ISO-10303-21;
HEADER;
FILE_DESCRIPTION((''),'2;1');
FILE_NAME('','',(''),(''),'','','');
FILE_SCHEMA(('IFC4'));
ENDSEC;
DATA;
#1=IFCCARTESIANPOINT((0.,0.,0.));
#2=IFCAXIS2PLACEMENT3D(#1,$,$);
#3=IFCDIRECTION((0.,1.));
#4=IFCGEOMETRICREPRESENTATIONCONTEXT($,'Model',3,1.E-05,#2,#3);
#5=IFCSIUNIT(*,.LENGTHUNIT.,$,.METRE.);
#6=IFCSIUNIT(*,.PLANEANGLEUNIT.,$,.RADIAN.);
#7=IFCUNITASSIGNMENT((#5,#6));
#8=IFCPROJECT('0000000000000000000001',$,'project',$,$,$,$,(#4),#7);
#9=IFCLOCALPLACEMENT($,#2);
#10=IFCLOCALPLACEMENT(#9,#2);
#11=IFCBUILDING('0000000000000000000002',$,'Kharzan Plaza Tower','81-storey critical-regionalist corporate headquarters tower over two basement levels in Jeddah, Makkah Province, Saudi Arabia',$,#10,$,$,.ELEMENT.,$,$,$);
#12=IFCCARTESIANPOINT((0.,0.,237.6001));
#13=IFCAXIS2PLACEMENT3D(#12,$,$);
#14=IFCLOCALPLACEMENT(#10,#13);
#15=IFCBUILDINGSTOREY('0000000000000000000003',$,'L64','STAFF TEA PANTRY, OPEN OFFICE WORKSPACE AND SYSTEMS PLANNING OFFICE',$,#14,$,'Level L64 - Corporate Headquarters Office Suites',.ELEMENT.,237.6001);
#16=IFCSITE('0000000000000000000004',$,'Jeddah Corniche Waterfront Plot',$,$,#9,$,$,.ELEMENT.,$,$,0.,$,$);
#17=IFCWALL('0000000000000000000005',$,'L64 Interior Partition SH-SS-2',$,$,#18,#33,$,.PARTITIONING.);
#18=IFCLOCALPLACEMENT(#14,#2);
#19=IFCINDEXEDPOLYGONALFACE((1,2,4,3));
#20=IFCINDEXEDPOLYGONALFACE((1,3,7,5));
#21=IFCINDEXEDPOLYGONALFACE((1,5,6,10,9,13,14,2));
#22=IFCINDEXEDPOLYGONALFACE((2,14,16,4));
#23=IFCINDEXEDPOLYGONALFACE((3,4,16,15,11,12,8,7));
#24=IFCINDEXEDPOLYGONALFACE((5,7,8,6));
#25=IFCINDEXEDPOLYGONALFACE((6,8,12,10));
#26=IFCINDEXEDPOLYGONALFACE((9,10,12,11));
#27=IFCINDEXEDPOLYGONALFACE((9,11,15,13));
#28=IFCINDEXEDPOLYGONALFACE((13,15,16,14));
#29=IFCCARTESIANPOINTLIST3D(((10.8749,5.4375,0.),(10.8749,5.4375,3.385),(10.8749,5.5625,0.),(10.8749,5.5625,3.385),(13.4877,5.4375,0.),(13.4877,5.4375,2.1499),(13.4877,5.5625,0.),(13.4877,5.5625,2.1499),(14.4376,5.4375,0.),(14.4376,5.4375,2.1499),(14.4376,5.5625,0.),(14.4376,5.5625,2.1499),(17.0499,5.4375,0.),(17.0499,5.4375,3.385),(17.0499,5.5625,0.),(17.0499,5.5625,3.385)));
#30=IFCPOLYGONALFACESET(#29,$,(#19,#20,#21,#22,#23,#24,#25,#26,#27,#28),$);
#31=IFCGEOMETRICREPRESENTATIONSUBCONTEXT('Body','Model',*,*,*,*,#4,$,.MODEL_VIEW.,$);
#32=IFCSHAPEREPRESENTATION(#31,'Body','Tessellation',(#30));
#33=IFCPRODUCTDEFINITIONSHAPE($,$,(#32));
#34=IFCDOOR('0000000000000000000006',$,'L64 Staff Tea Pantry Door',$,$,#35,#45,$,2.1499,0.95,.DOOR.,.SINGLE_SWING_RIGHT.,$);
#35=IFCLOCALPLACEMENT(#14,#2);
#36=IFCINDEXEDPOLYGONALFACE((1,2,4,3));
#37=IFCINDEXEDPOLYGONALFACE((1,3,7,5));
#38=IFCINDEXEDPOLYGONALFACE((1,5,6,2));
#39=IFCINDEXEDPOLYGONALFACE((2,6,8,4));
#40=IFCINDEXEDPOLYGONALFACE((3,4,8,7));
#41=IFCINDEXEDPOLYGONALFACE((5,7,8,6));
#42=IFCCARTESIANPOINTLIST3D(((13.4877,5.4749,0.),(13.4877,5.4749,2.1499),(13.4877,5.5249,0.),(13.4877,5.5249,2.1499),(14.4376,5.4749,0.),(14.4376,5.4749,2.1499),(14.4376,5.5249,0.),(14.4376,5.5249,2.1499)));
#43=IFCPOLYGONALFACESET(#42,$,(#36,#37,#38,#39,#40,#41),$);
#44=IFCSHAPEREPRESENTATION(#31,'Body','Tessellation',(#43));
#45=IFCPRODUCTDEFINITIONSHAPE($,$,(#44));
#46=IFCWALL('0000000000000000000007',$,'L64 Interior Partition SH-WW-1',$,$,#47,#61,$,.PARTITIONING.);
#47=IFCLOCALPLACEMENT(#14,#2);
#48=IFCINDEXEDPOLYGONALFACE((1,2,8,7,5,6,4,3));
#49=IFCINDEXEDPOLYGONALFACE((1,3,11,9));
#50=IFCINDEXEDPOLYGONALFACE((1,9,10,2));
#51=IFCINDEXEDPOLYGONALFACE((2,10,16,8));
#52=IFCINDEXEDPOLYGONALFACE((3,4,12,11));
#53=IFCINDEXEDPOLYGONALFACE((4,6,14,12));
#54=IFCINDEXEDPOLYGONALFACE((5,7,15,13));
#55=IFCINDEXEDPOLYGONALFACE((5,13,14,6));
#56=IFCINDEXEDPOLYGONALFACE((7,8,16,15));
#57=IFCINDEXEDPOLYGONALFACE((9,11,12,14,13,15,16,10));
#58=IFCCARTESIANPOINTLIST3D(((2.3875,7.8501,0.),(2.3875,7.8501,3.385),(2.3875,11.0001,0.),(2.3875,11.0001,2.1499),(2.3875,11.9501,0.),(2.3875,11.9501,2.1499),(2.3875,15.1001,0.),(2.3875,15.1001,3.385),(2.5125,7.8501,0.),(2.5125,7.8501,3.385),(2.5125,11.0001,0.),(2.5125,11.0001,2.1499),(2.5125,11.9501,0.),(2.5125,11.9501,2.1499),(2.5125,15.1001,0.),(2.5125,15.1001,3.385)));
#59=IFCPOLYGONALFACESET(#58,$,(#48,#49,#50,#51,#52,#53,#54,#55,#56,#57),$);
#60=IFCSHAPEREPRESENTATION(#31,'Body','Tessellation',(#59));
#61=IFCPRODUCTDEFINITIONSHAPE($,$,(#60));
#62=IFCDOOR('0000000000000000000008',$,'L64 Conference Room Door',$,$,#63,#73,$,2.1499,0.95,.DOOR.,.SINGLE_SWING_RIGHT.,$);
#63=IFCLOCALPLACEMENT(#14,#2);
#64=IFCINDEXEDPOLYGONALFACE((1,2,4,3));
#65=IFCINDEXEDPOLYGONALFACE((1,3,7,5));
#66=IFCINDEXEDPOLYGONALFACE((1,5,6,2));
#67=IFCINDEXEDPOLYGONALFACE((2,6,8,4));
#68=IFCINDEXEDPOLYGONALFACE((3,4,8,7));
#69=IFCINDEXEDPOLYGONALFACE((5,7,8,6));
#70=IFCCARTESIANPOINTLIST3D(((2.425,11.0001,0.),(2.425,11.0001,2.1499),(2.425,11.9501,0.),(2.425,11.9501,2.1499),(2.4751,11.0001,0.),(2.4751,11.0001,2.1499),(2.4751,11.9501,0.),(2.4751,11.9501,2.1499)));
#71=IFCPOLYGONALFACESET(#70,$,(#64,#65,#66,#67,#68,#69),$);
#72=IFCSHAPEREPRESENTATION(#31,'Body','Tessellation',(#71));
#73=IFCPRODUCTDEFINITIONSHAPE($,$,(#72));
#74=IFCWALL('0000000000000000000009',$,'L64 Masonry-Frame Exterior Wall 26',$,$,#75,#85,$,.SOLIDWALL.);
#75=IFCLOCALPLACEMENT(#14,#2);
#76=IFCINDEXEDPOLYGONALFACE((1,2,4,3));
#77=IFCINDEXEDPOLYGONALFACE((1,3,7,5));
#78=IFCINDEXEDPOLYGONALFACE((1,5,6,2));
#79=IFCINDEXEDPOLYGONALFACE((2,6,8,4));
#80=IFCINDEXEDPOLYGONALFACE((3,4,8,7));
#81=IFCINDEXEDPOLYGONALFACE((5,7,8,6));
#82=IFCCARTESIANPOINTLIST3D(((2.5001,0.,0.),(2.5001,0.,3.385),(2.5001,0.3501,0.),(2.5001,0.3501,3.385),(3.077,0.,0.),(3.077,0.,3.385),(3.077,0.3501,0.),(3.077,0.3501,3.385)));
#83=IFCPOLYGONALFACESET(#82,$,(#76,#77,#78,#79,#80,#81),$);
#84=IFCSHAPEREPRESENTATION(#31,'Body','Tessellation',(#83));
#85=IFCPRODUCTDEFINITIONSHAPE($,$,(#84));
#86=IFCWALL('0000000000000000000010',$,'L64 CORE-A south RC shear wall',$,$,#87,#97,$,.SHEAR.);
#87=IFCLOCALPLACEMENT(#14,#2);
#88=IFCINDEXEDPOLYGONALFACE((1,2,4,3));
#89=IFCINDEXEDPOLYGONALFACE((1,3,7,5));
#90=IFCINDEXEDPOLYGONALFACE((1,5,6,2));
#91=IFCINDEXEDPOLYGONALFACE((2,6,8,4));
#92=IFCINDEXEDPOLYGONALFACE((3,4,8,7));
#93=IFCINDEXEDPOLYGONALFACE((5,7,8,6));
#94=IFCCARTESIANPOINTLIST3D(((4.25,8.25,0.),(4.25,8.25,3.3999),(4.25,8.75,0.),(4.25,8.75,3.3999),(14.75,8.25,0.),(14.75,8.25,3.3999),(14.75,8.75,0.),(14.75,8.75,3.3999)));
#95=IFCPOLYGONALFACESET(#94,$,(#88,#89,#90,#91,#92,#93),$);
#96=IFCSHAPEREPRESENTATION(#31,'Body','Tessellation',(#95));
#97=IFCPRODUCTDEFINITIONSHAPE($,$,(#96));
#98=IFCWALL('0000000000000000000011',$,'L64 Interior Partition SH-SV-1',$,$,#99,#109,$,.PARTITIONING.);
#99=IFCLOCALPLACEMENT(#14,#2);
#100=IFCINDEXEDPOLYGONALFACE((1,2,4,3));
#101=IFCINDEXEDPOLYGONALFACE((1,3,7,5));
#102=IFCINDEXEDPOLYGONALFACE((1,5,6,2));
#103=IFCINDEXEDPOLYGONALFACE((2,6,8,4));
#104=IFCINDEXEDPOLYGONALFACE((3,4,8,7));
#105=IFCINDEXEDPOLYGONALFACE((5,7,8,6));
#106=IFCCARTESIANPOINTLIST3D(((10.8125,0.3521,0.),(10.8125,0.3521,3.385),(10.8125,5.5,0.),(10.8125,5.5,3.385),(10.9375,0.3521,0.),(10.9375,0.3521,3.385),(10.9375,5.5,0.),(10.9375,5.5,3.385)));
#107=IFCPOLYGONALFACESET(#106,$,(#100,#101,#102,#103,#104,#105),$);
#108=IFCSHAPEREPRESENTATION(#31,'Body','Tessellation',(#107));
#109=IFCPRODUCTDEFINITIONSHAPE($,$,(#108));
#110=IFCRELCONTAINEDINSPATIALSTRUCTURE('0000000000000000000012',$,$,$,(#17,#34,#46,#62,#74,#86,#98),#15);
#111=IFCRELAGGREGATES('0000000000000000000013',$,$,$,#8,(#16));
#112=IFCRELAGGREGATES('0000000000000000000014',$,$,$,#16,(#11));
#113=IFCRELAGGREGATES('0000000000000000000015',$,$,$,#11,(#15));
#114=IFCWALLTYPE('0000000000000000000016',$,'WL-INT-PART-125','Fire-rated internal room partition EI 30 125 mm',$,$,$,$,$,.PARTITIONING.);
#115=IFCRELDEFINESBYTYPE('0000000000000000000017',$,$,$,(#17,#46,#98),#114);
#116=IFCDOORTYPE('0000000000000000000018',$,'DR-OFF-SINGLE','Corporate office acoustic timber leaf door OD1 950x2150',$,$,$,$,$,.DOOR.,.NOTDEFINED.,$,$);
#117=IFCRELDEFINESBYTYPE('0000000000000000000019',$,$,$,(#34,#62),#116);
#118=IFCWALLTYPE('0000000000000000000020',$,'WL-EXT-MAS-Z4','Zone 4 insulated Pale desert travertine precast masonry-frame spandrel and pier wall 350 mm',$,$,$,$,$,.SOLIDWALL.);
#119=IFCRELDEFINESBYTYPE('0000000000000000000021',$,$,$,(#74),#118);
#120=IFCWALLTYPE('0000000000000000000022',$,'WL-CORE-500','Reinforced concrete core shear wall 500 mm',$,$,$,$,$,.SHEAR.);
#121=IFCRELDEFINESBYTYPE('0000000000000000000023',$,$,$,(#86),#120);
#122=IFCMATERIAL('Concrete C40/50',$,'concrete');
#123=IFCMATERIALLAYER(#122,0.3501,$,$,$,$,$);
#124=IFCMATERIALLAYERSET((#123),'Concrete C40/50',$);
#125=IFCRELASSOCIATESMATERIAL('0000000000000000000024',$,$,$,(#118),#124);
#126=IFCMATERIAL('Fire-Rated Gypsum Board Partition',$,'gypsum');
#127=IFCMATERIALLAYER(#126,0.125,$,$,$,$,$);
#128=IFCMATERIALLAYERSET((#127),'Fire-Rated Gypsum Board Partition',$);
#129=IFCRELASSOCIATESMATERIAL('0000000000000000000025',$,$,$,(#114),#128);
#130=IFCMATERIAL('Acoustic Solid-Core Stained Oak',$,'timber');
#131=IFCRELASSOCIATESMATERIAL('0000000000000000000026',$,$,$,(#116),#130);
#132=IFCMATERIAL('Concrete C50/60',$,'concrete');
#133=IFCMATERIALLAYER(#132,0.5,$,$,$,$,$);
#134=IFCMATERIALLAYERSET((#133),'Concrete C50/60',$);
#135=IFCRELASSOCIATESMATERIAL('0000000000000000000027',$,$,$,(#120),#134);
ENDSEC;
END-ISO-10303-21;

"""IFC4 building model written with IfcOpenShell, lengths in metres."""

from ifc_helpers import new_model, si_unit, direction, frame, frame_2d, origin, place, context, subcontext, project, spatial, rectangle, extrude, source, transform, mapped, material, layer, layer_set, type_object, element, fill, save


model = new_model("IFC4")

# Units and contexts
model_context = context("Model", 3, precision=1e-05, world=origin(), true_north=direction((0.0, 1.0)))
body_context = subcontext(model_context, "Body", "Model", "MODEL_VIEW")
ifc_project = project(units=[si_unit("LENGTHUNIT", "METRE"), si_unit("PLANEANGLEUNIT", "RADIAN")], contexts=[model_context])

# Site, building, storey
site_placement = place(None, origin())
site = spatial("IfcSite", under=ifc_project, at=site_placement, Name="Jeddah Corniche Waterfront Plot", CompositionType="ELEMENT", RefElevation=0.0)
building_placement = place(site_placement, origin())
building = spatial("IfcBuilding", under=site, at=building_placement, Name="Kharzan Plaza Tower", Description="81-storey critical-regionalist corporate headquarters tower over two basement levels in Jeddah, Makkah Province, Saudi Arabia", CompositionType="ELEMENT")
storey_placement = place(building_placement, frame((0.0, 0.0, 237.6001)))
storey = spatial("IfcBuildingStorey", under=building, at=storey_placement, Name="L64", Description="STAFF TEA PANTRY, OPEN OFFICE WORKSPACE AND SYSTEMS PLANNING OFFICE", LongName="Level L64 - Corporate Headquarters Office Suites", CompositionType="ELEMENT", Elevation=237.6001)

# Shared definitions
ifc_material_1 = material(Name="Concrete C50/60", Category="concrete")

# Shared definitions
ifc_material_2 = material(Name="Concrete C40/50", Category="concrete")
ifc_layer_1 = layer(ifc_material_2, 0.3501)
ifc_layer_set_1 = layer_set([ifc_layer_1], Name="Concrete C40/50")
wall_type_1 = type_object("IfcWallType", Name="WL-EXT-MAS-Z4", Description="Zone 4 insulated Pale desert travertine precast masonry-frame spandrel and pier wall 350 mm", PredefinedType="SOLIDWALL", material=ifc_layer_set_1)

# Walls, openings, doors
ifc_material_3 = material(Name="Fire-Rated Gypsum Board Partition", Category="gypsum")
ifc_layer_2 = layer(ifc_material_3, 0.125)
ifc_layer_set_2 = layer_set([ifc_layer_2], Name="Fire-Rated Gypsum Board Partition")
wall_type_2 = type_object("IfcWallType", Name="WL-INT-PART-125", Description="Fire-rated internal room partition EI 30 125 mm", PredefinedType="PARTITIONING", material=ifc_layer_set_2)
ifc_material_4 = material(Name="Acoustic Solid-Core Stained Oak", Category="timber")
door_type = type_object("IfcDoorType", Name="DR-OFF-SINGLE", Description="Corporate office acoustic timber leaf door OD1 950x2150", OperationType="NOTDEFINED", PredefinedType="DOOR", material=ifc_material_4)
shared_shape_1 = source(origin(), body_context, "Body", "SweptSolid", [
    extrude(rectangle(XDim=0.95, YDim=2.1499, at=frame_2d((0.4751, 1.075))), frame((0.0, 0.0249, 0.0), z_axis=(0.0, -1.0, 0.0), x_axis=(1.0, 0.0, 0.0)), (0.0, 0.0, 1.0), 0.05),
])
wall_1_placement = place(storey_placement, frame((10.875, 5.5, 0.0), z_axis=(0.0, 0.0, 1.0), x_axis=(1.0, 0.0, 0.0)))
wall_1 = element("IfcWall", 1, at=wall_1_placement, inside=storey, type_object=wall_type_2, Name="L64 Interior Partition SH-SS-2", PredefinedType="PARTITIONING", context=body_context, shape_type="SweptSolid", body=[
    extrude(rectangle(XDim=6.175, YDim=0.125, at=frame_2d((3.0874, 0.0))), origin(), (0.0, 0.0, 1.0), 3.385),
])
opening_1_placement = place(wall_1_placement, frame((2.6125, 0.0, 0.0)))
opening_1 = element("IfcOpeningElement", 2, at=opening_1_placement, cuts=wall_1, PredefinedType="OPENING", context=body_context, shape_type="SweptSolid", body=[
    extrude(rectangle(XDim=0.95, YDim=2.1499, at=frame_2d((0.4751, 1.075))), frame((0.0, 0.0725, 0.0), z_axis=(0.0, -1.0, 0.0), x_axis=(1.0, 0.0, 0.0)), (0.0, 0.0, 1.0), 0.145),
])
door_1_placement = place(opening_1_placement, origin())
door_1 = element("IfcDoor", 3, at=door_1_placement, inside=storey, type_object=door_type, Name="L64 Staff Tea Pantry Door", OperationType="SINGLE_SWING_RIGHT", OverallHeight=2.1499, OverallWidth=0.95, PredefinedType="DOOR", context=body_context, shape_type="MappedRepresentation", body=[
    mapped(shared_shape_1, transform((0.0, 0.0, 0.0), x_axis=(1.0, 0.0, 0.0), y_axis=(0.0, 1.0, 0.0), z_axis=(0.0, 0.0, 1.0))),
])
fill(opening_1, door_1)
wall_2_placement = place(storey_placement, frame((2.45, 7.8501, 0.0), z_axis=(0.0, 0.0, 1.0), x_axis=(0.0, 1.0, 0.0)))
wall_2 = element("IfcWall", 4, at=wall_2_placement, inside=storey, type_object=wall_type_2, Name="L64 Interior Partition SH-WW-1", PredefinedType="PARTITIONING", context=body_context, shape_type="SweptSolid", body=[
    extrude(rectangle(XDim=7.25, YDim=0.125, at=frame_2d((3.625, 0.0))), origin(), (0.0, 0.0, 1.0), 3.385),
])
opening_2_placement = place(wall_2_placement, frame((3.1499, 0.0, 0.0)))
opening_2 = element("IfcOpeningElement", 5, at=opening_2_placement, cuts=wall_2, PredefinedType="OPENING", context=body_context, shape_type="SweptSolid", body=[
    extrude(rectangle(XDim=0.95, YDim=2.1499, at=frame_2d((0.4751, 1.075))), frame((0.0, 0.0725, 0.0), z_axis=(0.0, -1.0, 0.0), x_axis=(1.0, 0.0, 0.0)), (0.0, 0.0, 1.0), 0.145),
])
door_2_placement = place(opening_2_placement, origin())
door_2 = element("IfcDoor", 6, at=door_2_placement, inside=storey, type_object=door_type, Name="L64 Conference Room Door", OperationType="SINGLE_SWING_RIGHT", OverallHeight=2.1499, OverallWidth=0.95, PredefinedType="DOOR", context=body_context, shape_type="MappedRepresentation", body=[
    mapped(shared_shape_1, transform((0.0, 0.0, 0.0), x_axis=(1.0, 0.0, 0.0), y_axis=(0.0, 1.0, 0.0), z_axis=(0.0, 0.0, 1.0))),
])
fill(opening_2, door_2)

# Walls
shared_shape_2 = source(origin(), body_context, "Body", "SweptSolid", [
    extrude(rectangle(XDim=0.5769, YDim=0.3501, at=frame_2d((0.2886, 0.0))), origin(), (0.0, 0.0, 1.0), 3.385),
])
wall_3_placement = place(storey_placement, frame((2.5, 0.175, 0.0), z_axis=(0.0, 0.0, 1.0), x_axis=(1.0, 0.0, 0.0)))
element("IfcWall", 7, at=wall_3_placement, inside=storey, type_object=wall_type_1, Name="L64 Masonry-Frame Exterior Wall 26", PredefinedType="SOLIDWALL", context=body_context, shape_type="MappedRepresentation", body=[
    mapped(shared_shape_2, transform((0.0, 0.0, 0.0), x_axis=(1.0, 0.0, 0.0), y_axis=(0.0, 1.0, 0.0), z_axis=(0.0, 0.0, 1.0))),
])
ifc_layer_3 = layer(ifc_material_1, 0.5)
ifc_layer_set_3 = layer_set([ifc_layer_3], Name="Concrete C50/60")
wall_type_3 = type_object("IfcWallType", Name="WL-CORE-500", Description="Reinforced concrete core shear wall 500 mm", PredefinedType="SHEAR", material=ifc_layer_set_3)
shared_shape_3 = source(origin(), body_context, "Body", "SweptSolid", [
    extrude(rectangle(XDim=10.5, YDim=0.5, at=frame_2d((5.25, 0.0))), origin(), (0.0, 0.0, 1.0), 3.3999),
])
wall_4_placement = place(storey_placement, frame((4.25, 8.5, 0.0), z_axis=(0.0, 0.0, 1.0), x_axis=(1.0, 0.0, 0.0)))
element("IfcWall", 8, at=wall_4_placement, inside=storey, type_object=wall_type_3, Name="L64 CORE-A south RC shear wall", PredefinedType="SHEAR", context=body_context, shape_type="MappedRepresentation", body=[
    mapped(shared_shape_3, transform((0.0, 0.0, 0.0), x_axis=(1.0, 0.0, 0.0), y_axis=(0.0, 1.0, 0.0), z_axis=(0.0, 0.0, 1.0))),
])
shared_shape_4 = source(origin(), body_context, "Body", "SweptSolid", [
    extrude(rectangle(XDim=5.1479, YDim=0.125, at=frame_2d((2.574, 0.0))), origin(), (0.0, 0.0, 1.0), 3.385),
])
wall_5_placement = place(storey_placement, frame((10.875, 0.3521, 0.0), z_axis=(0.0, 0.0, 1.0), x_axis=(0.0, 1.0, 0.0)))
element("IfcWall", 9, at=wall_5_placement, inside=storey, type_object=wall_type_2, Name="L64 Interior Partition SH-SV-1", PredefinedType="PARTITIONING", context=body_context, shape_type="MappedRepresentation", body=[
    mapped(shared_shape_4, transform((0.0, 0.0, 0.0), x_axis=(1.0, 0.0, 0.0), y_axis=(0.0, 1.0, 0.0), z_axis=(0.0, 0.0, 1.0))),
])

save(model, "model.ifc")
